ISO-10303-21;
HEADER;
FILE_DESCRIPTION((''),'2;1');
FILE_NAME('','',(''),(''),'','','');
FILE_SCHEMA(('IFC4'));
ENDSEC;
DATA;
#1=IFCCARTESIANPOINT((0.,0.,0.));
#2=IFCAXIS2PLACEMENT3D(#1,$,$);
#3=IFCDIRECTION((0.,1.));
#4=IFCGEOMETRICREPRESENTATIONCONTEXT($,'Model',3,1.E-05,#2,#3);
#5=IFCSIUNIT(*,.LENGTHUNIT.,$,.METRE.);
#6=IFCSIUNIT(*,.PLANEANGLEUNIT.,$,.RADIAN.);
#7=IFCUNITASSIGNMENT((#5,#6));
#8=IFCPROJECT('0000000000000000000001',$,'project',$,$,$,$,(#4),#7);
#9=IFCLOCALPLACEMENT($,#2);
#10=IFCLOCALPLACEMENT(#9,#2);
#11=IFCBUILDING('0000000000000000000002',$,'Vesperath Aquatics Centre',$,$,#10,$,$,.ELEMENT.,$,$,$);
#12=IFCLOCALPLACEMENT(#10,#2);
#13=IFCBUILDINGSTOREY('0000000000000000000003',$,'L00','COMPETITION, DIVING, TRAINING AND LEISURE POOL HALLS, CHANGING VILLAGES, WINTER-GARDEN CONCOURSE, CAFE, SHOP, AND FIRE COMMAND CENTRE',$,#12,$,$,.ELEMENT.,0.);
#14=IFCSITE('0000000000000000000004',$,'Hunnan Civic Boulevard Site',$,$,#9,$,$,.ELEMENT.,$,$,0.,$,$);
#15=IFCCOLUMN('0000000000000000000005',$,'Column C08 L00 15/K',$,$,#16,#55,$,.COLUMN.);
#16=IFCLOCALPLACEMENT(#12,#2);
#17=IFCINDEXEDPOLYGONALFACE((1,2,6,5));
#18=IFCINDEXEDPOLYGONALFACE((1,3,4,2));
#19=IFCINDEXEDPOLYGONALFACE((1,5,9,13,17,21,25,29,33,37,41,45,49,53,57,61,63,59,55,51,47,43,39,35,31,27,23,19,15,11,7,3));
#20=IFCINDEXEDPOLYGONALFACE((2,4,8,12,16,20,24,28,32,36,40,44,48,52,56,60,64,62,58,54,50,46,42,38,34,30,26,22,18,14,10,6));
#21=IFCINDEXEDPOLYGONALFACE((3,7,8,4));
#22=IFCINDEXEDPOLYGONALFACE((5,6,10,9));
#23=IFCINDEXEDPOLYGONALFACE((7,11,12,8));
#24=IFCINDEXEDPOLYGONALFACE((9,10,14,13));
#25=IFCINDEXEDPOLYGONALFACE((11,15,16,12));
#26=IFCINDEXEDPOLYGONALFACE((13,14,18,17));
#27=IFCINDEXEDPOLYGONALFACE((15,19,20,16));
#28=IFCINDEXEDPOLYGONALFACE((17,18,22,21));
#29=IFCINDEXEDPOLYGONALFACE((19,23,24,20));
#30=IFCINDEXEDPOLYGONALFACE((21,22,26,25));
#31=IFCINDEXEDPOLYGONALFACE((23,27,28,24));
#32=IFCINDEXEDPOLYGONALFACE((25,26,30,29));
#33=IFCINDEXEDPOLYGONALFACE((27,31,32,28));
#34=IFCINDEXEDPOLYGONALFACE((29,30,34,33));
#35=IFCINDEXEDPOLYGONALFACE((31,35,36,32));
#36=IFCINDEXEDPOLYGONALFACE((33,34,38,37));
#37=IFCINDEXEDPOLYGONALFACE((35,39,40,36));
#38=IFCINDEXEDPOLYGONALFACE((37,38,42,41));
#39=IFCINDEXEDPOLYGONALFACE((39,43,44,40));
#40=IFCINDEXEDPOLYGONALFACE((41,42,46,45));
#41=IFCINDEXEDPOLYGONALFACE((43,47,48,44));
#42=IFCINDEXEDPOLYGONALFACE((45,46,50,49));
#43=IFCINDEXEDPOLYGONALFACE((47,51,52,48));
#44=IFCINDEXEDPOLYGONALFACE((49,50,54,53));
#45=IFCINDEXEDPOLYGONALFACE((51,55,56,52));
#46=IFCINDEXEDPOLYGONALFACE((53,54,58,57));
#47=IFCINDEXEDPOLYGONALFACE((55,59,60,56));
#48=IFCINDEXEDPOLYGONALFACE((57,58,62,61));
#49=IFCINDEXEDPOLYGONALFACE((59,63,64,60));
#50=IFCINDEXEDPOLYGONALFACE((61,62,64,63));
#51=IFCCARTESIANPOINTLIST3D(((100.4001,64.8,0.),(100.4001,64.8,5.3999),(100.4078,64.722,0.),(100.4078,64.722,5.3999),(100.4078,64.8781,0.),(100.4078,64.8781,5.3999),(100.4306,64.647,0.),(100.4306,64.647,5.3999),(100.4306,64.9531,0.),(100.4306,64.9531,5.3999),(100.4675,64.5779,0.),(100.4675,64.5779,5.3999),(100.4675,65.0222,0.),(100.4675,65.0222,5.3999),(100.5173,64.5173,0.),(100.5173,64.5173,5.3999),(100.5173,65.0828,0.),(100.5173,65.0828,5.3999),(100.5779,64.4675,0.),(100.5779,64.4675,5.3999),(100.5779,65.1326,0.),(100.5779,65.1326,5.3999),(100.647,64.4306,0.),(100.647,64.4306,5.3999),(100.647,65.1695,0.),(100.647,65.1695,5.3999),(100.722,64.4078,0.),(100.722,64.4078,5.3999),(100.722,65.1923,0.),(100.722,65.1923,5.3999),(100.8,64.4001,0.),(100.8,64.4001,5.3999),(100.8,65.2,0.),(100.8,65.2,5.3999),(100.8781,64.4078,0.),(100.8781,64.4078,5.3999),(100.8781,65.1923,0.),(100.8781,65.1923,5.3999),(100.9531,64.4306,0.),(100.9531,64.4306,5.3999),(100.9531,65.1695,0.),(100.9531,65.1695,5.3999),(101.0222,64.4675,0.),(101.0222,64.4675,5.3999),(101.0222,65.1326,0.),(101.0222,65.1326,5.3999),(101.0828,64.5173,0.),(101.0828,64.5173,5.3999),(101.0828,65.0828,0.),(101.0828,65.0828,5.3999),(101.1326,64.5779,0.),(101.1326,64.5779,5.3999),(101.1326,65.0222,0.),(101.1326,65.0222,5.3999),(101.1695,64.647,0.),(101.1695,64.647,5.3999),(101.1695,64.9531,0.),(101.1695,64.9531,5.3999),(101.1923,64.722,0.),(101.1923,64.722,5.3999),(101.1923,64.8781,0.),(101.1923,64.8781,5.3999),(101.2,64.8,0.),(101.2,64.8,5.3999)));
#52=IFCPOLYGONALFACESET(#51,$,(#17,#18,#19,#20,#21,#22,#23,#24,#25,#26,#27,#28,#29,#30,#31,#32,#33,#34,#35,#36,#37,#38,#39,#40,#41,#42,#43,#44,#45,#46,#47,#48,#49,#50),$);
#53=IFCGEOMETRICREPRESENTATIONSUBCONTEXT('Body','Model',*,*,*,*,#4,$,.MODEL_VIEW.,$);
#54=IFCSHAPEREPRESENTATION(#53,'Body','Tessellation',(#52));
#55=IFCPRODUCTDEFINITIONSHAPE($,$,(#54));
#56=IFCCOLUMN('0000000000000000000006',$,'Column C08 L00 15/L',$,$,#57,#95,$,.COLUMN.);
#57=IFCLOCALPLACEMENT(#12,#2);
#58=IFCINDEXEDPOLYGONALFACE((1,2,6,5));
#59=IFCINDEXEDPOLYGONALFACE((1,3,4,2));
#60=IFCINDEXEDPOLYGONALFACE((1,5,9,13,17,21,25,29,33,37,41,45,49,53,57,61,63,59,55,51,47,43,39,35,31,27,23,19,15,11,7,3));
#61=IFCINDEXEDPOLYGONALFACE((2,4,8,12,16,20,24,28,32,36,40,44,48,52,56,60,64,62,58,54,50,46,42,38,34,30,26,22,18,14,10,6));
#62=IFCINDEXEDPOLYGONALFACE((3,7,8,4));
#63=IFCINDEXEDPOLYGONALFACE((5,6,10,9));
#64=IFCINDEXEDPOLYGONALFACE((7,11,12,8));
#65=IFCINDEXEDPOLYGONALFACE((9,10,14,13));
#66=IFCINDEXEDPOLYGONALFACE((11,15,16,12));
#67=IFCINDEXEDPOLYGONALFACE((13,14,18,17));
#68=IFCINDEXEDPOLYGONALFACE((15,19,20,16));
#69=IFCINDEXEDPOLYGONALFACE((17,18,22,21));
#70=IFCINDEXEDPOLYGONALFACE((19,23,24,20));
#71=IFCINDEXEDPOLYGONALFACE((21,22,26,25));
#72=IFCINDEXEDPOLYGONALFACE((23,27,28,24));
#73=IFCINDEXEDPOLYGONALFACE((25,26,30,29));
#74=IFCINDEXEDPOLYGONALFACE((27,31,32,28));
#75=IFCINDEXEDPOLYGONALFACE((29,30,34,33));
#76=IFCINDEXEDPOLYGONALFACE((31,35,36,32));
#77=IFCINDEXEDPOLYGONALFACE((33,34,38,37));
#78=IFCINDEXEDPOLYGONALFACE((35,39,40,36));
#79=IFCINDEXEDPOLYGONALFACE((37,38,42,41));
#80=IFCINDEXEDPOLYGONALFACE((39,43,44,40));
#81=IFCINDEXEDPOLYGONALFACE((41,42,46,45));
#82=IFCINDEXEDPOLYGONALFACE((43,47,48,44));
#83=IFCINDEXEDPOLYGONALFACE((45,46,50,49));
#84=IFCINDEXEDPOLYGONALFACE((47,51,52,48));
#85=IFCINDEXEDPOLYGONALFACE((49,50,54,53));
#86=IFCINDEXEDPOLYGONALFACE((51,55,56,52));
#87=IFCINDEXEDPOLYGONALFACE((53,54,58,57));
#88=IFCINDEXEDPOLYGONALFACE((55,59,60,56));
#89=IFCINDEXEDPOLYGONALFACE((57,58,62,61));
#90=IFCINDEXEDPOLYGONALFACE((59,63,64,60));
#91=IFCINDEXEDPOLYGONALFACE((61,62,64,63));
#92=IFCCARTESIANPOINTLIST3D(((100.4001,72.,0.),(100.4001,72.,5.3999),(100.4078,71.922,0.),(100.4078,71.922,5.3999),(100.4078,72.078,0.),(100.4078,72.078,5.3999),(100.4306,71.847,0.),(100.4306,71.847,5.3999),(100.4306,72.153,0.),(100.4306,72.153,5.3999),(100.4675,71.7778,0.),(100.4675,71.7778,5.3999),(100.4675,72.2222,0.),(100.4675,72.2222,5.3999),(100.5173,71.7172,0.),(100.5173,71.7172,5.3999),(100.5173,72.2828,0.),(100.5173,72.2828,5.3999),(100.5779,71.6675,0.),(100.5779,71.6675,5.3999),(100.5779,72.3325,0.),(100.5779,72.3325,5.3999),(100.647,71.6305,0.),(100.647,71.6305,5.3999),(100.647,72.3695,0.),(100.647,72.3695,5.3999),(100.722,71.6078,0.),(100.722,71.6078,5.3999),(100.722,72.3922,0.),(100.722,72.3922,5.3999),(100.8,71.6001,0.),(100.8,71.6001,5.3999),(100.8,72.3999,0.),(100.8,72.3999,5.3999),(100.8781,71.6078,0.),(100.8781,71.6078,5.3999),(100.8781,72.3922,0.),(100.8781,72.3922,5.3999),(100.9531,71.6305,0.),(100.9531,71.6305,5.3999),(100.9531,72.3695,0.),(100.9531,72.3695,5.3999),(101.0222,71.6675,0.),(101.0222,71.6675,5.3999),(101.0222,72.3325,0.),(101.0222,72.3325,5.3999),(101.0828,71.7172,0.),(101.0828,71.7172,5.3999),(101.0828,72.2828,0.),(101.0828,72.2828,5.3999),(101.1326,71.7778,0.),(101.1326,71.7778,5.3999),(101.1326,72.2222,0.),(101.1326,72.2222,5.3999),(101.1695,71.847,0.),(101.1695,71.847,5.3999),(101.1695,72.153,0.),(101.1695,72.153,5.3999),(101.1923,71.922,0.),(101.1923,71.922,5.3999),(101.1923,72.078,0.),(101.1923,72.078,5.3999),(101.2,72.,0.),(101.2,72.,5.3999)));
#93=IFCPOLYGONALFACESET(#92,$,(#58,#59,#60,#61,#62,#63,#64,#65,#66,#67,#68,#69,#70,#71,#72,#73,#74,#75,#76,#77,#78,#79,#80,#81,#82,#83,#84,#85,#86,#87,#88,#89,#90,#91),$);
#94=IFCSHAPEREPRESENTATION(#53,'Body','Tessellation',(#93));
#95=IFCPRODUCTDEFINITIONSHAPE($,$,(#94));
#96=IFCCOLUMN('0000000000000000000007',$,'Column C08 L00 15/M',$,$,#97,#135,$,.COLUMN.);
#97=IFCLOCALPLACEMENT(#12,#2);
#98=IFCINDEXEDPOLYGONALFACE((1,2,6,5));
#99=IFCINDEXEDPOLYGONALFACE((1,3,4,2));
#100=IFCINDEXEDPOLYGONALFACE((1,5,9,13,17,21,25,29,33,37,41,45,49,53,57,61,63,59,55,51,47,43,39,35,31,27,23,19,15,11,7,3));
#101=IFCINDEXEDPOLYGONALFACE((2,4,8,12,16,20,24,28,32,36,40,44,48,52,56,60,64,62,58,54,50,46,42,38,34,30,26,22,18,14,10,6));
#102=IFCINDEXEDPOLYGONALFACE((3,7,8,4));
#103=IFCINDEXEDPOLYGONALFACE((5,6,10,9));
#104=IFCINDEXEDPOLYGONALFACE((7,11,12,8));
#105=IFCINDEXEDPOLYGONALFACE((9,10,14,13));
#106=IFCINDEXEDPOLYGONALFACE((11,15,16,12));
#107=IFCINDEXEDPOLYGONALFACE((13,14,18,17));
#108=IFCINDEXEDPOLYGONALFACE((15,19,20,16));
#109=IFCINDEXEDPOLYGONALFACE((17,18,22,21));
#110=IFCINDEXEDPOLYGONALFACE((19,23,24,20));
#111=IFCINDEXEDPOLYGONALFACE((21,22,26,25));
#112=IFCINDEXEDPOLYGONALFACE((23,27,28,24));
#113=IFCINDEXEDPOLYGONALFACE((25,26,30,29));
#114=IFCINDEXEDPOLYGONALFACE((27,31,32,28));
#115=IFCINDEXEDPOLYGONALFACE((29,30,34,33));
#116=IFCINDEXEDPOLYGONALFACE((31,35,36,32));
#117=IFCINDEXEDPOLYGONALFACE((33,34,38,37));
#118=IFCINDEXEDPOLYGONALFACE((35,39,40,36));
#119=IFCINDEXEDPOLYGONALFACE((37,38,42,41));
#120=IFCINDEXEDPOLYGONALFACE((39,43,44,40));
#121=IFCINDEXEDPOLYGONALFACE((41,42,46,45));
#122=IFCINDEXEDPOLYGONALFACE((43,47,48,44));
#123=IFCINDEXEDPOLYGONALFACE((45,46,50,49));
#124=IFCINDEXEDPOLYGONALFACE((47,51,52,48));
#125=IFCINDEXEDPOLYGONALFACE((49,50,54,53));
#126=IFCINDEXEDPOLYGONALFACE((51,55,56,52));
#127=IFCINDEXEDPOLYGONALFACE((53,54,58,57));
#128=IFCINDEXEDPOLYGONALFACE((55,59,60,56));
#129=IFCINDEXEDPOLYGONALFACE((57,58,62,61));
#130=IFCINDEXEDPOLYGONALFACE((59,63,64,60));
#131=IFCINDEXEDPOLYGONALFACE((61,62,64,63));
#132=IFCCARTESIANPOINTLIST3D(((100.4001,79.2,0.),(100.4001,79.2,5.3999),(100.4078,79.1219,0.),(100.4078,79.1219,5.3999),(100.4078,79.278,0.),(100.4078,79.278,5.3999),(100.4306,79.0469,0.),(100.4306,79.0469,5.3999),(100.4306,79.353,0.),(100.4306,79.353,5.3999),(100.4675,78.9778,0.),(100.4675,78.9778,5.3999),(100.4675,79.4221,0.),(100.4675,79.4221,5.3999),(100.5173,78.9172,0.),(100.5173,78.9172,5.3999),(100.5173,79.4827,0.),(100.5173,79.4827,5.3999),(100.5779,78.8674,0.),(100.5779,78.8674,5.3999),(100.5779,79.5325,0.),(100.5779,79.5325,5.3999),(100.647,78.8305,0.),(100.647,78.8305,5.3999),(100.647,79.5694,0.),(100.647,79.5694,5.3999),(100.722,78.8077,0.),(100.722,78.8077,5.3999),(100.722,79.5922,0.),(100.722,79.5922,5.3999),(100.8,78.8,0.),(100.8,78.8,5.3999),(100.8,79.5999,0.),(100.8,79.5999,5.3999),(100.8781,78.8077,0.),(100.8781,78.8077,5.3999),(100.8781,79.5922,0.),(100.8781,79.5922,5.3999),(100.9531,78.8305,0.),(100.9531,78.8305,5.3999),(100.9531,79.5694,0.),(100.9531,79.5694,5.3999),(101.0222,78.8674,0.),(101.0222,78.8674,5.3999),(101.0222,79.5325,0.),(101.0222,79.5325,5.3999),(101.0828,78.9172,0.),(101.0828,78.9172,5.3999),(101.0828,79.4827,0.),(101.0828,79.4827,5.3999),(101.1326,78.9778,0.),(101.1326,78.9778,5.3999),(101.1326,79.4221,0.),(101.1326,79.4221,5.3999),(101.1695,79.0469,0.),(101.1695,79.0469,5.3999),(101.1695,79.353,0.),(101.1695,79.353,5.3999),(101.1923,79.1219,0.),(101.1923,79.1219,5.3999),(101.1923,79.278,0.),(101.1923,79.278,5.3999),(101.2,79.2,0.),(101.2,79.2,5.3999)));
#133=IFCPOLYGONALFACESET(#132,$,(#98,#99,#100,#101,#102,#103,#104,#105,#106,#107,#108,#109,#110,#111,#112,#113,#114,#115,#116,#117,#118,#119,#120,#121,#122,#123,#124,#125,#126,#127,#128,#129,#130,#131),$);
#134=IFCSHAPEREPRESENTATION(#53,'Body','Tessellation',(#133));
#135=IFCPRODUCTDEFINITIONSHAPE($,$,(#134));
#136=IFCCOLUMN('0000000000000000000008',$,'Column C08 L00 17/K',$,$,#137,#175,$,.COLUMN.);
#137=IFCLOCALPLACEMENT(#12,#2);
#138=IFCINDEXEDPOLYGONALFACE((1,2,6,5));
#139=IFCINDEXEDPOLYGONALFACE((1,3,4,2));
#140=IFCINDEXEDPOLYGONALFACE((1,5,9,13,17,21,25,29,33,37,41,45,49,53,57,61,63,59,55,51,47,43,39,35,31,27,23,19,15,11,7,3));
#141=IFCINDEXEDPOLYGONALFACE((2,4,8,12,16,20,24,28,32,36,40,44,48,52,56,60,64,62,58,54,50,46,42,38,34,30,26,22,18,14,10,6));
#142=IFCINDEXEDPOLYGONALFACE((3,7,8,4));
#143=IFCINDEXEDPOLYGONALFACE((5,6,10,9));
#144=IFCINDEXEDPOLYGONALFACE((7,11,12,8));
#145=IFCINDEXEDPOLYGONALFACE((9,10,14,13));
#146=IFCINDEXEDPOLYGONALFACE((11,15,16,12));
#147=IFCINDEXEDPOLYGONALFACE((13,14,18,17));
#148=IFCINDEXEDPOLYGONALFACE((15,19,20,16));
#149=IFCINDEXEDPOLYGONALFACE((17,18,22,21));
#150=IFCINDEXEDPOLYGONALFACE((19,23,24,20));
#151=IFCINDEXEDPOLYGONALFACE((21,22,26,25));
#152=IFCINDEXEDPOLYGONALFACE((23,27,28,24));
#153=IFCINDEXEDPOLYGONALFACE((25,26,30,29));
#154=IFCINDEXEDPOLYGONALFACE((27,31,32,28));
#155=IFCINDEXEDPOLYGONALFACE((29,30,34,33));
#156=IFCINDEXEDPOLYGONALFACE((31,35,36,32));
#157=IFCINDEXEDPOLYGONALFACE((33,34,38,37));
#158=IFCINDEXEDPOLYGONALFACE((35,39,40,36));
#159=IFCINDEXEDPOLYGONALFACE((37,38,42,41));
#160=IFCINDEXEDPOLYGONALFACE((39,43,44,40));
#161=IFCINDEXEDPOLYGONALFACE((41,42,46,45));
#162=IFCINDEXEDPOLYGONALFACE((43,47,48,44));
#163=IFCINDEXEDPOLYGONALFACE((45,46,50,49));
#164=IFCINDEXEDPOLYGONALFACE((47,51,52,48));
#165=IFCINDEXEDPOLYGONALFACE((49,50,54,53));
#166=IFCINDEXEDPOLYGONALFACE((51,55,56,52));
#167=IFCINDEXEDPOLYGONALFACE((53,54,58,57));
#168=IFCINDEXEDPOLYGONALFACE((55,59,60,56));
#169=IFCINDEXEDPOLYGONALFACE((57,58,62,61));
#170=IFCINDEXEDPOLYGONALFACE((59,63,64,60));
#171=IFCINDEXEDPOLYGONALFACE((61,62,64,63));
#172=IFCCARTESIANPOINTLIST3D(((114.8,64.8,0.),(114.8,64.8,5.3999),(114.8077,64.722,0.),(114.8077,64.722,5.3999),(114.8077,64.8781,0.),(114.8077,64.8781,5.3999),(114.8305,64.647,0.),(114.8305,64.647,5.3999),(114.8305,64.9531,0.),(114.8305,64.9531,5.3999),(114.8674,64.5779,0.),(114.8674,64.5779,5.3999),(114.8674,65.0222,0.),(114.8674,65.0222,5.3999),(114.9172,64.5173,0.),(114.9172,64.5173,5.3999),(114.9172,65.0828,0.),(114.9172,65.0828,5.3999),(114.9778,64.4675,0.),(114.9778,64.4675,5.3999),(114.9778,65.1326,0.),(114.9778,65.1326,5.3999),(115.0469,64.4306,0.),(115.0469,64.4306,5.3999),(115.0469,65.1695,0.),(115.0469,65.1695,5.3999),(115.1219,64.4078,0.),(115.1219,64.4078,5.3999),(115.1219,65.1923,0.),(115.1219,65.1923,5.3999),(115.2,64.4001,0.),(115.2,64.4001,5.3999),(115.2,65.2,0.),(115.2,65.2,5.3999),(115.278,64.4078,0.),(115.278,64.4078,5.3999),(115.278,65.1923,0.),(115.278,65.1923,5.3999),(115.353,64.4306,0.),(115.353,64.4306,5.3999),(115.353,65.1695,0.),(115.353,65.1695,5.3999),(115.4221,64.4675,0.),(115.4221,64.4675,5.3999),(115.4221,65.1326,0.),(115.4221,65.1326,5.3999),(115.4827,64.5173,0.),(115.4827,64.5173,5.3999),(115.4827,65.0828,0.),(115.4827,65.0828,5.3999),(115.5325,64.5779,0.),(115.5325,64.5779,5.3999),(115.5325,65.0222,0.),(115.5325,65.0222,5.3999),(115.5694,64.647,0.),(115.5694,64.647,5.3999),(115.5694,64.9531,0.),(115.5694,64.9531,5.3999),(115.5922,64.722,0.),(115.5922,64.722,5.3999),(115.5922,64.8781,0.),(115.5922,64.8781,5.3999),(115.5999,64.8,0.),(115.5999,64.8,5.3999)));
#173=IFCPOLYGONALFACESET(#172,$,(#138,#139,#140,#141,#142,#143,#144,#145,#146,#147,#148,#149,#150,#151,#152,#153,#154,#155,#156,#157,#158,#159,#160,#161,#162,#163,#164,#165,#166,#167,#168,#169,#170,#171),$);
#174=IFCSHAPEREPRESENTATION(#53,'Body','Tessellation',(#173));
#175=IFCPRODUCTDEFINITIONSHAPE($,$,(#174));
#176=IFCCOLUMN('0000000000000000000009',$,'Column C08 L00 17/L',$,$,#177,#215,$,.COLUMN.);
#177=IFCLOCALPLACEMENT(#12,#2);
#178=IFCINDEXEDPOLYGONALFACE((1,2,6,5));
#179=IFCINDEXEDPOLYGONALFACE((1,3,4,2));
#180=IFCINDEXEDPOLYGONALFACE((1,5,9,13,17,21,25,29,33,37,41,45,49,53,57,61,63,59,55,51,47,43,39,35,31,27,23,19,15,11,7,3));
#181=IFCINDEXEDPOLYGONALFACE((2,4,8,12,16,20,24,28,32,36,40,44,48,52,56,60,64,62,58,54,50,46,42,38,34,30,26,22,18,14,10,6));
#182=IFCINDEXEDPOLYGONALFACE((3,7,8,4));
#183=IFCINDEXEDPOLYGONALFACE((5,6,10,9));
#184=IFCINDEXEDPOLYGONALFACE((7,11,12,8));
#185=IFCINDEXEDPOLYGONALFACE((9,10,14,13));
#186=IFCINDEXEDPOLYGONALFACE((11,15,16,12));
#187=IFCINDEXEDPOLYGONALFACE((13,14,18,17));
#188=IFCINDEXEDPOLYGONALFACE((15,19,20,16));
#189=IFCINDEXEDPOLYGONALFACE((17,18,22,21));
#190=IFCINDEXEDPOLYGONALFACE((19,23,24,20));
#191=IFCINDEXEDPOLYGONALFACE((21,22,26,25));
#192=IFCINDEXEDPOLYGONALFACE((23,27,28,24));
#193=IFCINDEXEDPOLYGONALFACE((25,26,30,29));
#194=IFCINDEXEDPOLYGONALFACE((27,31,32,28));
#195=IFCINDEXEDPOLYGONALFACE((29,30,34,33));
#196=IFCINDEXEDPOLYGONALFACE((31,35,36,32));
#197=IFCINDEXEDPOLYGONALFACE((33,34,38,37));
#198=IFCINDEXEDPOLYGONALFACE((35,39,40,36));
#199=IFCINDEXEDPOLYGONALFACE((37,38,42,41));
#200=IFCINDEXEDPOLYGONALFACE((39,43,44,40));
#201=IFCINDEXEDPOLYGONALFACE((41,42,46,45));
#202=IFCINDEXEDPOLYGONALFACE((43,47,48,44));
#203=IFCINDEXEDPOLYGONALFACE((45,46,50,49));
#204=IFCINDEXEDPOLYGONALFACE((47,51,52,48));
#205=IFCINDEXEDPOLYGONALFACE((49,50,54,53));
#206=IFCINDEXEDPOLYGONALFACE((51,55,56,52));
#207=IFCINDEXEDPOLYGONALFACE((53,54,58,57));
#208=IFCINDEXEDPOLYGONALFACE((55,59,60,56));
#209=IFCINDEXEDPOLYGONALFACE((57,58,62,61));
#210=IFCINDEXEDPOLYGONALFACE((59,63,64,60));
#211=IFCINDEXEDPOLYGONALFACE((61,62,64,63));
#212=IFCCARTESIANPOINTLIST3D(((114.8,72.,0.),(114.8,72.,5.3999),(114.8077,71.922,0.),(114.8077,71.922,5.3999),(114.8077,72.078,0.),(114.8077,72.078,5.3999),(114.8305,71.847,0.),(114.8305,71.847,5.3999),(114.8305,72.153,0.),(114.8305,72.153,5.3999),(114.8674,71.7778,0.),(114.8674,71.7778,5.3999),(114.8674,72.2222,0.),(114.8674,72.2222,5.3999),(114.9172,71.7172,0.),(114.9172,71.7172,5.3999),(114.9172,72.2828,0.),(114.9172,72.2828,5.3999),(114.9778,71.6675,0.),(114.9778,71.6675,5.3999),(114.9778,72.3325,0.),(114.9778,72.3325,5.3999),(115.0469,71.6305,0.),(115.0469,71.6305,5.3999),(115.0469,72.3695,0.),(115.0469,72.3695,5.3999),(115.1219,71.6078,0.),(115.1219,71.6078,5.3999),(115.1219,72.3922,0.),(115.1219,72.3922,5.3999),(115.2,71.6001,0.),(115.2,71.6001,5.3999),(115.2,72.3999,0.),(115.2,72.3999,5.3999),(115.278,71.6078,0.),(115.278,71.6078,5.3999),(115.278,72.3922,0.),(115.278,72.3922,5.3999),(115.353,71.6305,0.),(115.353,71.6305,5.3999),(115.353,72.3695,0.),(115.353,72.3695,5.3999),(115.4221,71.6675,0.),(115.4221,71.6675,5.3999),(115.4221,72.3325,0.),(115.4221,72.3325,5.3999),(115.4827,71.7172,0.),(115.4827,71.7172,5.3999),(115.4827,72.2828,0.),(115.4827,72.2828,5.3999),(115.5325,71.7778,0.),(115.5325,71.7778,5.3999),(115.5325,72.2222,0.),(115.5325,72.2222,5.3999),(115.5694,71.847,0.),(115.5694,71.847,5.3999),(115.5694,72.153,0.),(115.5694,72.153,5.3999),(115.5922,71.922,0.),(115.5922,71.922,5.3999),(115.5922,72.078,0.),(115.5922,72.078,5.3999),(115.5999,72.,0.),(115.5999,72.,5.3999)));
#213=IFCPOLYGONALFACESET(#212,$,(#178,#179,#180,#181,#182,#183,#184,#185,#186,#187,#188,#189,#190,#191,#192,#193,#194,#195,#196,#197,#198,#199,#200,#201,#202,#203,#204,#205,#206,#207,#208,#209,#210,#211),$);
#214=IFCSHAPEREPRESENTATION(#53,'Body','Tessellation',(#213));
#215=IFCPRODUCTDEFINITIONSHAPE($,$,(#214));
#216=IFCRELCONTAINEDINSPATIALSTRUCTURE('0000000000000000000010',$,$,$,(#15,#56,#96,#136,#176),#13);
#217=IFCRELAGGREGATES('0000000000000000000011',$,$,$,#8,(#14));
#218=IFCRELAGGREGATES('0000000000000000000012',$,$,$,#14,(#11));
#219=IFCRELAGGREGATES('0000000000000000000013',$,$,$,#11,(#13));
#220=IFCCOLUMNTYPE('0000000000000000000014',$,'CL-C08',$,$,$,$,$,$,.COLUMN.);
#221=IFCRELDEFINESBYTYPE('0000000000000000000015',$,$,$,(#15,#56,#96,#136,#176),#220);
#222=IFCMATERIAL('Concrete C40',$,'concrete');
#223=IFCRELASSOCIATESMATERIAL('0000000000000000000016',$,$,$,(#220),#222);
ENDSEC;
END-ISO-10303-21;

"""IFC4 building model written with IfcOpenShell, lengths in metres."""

from ifc_helpers import new_model, si_unit, direction, frame, origin, origin_2d, place, context, subcontext, project, spatial, circle, extrude, material, material_profile, profile_set, type_object, element, save


model = new_model("IFC4")

# Units and contexts
model_context = context("Model", 3, precision=1e-05, world=origin(), true_north=direction((0.0, 1.0)))
body_context = subcontext(model_context, "Body", "Model", "MODEL_VIEW")
ifc_project = project(units=[si_unit("LENGTHUNIT", "METRE"), si_unit("PLANEANGLEUNIT", "RADIAN")], contexts=[model_context])

# Site, building, storey
site_placement = place(None, origin())
site = spatial("IfcSite", under=ifc_project, at=site_placement, Name="Hunnan Civic Boulevard Site", CompositionType="ELEMENT", RefElevation=0.0)
building_placement = place(site_placement, origin())
building = spatial("IfcBuilding", under=site, at=building_placement, Name="Vesperath Aquatics Centre", CompositionType="ELEMENT")
storey_placement = place(building_placement, origin())
storey = spatial("IfcBuildingStorey", under=building, at=storey_placement, Name="L00", Description="COMPETITION, DIVING, TRAINING AND LEISURE POOL HALLS, CHANGING VILLAGES, WINTER-GARDEN CONCOURSE, CAFE, SHOP, AND FIRE COMMAND CENTRE", CompositionType="ELEMENT", Elevation=0.0)

# Columns
ifc_material_1 = material(Name="Concrete C40", Category="concrete")
ifc_material_profile_1 = material_profile(ifc_material_1, circle(Radius=0.3999, at=origin_2d()), Name="RC D800")
ifc_profile_set_1 = profile_set([ifc_material_profile_1], Name="Concrete C40")
column_type = type_object("IfcColumnType", Name="CL-C08", PredefinedType="COLUMN", material=ifc_profile_set_1)
for number, where, z_axis, x_axis, name in (
    (1, (100.8, 64.8, 0.0), (0.0, 0.0, 1.0), (1.0, 0.0, 0.0), "Column C08 L00 15/K"),
    (2, (100.8, 72.0, 0.0), (0.0, 0.0, 1.0), (1.0, 0.0, 0.0), "Column C08 L00 15/L"),
    (3, (100.8, 79.2, 0.0), (0.0, 0.0, 1.0), (1.0, 0.0, 0.0), "Column C08 L00 15/M"),
    (4, (115.2, 64.8, 0.0), (0.0, 0.0, 1.0), (1.0, 0.0, 0.0), "Column C08 L00 17/K"),
    (5, (115.2, 72.0, 0.0), (0.0, 0.0, 1.0), (1.0, 0.0, 0.0), "Column C08 L00 17/L"),
):
    element("IfcColumn", number, at=place(storey_placement, frame(where, z_axis=z_axis, x_axis=x_axis)), inside=storey, type_object=column_type, Name=name, PredefinedType="COLUMN", context=body_context, shape_type="SweptSolid", body=[
        extrude(circle(Radius=0.3999, at=origin_2d()), origin(), (0.0, 0.0, 1.0), 5.3999),
    ])

save(model, "model.ifc")
